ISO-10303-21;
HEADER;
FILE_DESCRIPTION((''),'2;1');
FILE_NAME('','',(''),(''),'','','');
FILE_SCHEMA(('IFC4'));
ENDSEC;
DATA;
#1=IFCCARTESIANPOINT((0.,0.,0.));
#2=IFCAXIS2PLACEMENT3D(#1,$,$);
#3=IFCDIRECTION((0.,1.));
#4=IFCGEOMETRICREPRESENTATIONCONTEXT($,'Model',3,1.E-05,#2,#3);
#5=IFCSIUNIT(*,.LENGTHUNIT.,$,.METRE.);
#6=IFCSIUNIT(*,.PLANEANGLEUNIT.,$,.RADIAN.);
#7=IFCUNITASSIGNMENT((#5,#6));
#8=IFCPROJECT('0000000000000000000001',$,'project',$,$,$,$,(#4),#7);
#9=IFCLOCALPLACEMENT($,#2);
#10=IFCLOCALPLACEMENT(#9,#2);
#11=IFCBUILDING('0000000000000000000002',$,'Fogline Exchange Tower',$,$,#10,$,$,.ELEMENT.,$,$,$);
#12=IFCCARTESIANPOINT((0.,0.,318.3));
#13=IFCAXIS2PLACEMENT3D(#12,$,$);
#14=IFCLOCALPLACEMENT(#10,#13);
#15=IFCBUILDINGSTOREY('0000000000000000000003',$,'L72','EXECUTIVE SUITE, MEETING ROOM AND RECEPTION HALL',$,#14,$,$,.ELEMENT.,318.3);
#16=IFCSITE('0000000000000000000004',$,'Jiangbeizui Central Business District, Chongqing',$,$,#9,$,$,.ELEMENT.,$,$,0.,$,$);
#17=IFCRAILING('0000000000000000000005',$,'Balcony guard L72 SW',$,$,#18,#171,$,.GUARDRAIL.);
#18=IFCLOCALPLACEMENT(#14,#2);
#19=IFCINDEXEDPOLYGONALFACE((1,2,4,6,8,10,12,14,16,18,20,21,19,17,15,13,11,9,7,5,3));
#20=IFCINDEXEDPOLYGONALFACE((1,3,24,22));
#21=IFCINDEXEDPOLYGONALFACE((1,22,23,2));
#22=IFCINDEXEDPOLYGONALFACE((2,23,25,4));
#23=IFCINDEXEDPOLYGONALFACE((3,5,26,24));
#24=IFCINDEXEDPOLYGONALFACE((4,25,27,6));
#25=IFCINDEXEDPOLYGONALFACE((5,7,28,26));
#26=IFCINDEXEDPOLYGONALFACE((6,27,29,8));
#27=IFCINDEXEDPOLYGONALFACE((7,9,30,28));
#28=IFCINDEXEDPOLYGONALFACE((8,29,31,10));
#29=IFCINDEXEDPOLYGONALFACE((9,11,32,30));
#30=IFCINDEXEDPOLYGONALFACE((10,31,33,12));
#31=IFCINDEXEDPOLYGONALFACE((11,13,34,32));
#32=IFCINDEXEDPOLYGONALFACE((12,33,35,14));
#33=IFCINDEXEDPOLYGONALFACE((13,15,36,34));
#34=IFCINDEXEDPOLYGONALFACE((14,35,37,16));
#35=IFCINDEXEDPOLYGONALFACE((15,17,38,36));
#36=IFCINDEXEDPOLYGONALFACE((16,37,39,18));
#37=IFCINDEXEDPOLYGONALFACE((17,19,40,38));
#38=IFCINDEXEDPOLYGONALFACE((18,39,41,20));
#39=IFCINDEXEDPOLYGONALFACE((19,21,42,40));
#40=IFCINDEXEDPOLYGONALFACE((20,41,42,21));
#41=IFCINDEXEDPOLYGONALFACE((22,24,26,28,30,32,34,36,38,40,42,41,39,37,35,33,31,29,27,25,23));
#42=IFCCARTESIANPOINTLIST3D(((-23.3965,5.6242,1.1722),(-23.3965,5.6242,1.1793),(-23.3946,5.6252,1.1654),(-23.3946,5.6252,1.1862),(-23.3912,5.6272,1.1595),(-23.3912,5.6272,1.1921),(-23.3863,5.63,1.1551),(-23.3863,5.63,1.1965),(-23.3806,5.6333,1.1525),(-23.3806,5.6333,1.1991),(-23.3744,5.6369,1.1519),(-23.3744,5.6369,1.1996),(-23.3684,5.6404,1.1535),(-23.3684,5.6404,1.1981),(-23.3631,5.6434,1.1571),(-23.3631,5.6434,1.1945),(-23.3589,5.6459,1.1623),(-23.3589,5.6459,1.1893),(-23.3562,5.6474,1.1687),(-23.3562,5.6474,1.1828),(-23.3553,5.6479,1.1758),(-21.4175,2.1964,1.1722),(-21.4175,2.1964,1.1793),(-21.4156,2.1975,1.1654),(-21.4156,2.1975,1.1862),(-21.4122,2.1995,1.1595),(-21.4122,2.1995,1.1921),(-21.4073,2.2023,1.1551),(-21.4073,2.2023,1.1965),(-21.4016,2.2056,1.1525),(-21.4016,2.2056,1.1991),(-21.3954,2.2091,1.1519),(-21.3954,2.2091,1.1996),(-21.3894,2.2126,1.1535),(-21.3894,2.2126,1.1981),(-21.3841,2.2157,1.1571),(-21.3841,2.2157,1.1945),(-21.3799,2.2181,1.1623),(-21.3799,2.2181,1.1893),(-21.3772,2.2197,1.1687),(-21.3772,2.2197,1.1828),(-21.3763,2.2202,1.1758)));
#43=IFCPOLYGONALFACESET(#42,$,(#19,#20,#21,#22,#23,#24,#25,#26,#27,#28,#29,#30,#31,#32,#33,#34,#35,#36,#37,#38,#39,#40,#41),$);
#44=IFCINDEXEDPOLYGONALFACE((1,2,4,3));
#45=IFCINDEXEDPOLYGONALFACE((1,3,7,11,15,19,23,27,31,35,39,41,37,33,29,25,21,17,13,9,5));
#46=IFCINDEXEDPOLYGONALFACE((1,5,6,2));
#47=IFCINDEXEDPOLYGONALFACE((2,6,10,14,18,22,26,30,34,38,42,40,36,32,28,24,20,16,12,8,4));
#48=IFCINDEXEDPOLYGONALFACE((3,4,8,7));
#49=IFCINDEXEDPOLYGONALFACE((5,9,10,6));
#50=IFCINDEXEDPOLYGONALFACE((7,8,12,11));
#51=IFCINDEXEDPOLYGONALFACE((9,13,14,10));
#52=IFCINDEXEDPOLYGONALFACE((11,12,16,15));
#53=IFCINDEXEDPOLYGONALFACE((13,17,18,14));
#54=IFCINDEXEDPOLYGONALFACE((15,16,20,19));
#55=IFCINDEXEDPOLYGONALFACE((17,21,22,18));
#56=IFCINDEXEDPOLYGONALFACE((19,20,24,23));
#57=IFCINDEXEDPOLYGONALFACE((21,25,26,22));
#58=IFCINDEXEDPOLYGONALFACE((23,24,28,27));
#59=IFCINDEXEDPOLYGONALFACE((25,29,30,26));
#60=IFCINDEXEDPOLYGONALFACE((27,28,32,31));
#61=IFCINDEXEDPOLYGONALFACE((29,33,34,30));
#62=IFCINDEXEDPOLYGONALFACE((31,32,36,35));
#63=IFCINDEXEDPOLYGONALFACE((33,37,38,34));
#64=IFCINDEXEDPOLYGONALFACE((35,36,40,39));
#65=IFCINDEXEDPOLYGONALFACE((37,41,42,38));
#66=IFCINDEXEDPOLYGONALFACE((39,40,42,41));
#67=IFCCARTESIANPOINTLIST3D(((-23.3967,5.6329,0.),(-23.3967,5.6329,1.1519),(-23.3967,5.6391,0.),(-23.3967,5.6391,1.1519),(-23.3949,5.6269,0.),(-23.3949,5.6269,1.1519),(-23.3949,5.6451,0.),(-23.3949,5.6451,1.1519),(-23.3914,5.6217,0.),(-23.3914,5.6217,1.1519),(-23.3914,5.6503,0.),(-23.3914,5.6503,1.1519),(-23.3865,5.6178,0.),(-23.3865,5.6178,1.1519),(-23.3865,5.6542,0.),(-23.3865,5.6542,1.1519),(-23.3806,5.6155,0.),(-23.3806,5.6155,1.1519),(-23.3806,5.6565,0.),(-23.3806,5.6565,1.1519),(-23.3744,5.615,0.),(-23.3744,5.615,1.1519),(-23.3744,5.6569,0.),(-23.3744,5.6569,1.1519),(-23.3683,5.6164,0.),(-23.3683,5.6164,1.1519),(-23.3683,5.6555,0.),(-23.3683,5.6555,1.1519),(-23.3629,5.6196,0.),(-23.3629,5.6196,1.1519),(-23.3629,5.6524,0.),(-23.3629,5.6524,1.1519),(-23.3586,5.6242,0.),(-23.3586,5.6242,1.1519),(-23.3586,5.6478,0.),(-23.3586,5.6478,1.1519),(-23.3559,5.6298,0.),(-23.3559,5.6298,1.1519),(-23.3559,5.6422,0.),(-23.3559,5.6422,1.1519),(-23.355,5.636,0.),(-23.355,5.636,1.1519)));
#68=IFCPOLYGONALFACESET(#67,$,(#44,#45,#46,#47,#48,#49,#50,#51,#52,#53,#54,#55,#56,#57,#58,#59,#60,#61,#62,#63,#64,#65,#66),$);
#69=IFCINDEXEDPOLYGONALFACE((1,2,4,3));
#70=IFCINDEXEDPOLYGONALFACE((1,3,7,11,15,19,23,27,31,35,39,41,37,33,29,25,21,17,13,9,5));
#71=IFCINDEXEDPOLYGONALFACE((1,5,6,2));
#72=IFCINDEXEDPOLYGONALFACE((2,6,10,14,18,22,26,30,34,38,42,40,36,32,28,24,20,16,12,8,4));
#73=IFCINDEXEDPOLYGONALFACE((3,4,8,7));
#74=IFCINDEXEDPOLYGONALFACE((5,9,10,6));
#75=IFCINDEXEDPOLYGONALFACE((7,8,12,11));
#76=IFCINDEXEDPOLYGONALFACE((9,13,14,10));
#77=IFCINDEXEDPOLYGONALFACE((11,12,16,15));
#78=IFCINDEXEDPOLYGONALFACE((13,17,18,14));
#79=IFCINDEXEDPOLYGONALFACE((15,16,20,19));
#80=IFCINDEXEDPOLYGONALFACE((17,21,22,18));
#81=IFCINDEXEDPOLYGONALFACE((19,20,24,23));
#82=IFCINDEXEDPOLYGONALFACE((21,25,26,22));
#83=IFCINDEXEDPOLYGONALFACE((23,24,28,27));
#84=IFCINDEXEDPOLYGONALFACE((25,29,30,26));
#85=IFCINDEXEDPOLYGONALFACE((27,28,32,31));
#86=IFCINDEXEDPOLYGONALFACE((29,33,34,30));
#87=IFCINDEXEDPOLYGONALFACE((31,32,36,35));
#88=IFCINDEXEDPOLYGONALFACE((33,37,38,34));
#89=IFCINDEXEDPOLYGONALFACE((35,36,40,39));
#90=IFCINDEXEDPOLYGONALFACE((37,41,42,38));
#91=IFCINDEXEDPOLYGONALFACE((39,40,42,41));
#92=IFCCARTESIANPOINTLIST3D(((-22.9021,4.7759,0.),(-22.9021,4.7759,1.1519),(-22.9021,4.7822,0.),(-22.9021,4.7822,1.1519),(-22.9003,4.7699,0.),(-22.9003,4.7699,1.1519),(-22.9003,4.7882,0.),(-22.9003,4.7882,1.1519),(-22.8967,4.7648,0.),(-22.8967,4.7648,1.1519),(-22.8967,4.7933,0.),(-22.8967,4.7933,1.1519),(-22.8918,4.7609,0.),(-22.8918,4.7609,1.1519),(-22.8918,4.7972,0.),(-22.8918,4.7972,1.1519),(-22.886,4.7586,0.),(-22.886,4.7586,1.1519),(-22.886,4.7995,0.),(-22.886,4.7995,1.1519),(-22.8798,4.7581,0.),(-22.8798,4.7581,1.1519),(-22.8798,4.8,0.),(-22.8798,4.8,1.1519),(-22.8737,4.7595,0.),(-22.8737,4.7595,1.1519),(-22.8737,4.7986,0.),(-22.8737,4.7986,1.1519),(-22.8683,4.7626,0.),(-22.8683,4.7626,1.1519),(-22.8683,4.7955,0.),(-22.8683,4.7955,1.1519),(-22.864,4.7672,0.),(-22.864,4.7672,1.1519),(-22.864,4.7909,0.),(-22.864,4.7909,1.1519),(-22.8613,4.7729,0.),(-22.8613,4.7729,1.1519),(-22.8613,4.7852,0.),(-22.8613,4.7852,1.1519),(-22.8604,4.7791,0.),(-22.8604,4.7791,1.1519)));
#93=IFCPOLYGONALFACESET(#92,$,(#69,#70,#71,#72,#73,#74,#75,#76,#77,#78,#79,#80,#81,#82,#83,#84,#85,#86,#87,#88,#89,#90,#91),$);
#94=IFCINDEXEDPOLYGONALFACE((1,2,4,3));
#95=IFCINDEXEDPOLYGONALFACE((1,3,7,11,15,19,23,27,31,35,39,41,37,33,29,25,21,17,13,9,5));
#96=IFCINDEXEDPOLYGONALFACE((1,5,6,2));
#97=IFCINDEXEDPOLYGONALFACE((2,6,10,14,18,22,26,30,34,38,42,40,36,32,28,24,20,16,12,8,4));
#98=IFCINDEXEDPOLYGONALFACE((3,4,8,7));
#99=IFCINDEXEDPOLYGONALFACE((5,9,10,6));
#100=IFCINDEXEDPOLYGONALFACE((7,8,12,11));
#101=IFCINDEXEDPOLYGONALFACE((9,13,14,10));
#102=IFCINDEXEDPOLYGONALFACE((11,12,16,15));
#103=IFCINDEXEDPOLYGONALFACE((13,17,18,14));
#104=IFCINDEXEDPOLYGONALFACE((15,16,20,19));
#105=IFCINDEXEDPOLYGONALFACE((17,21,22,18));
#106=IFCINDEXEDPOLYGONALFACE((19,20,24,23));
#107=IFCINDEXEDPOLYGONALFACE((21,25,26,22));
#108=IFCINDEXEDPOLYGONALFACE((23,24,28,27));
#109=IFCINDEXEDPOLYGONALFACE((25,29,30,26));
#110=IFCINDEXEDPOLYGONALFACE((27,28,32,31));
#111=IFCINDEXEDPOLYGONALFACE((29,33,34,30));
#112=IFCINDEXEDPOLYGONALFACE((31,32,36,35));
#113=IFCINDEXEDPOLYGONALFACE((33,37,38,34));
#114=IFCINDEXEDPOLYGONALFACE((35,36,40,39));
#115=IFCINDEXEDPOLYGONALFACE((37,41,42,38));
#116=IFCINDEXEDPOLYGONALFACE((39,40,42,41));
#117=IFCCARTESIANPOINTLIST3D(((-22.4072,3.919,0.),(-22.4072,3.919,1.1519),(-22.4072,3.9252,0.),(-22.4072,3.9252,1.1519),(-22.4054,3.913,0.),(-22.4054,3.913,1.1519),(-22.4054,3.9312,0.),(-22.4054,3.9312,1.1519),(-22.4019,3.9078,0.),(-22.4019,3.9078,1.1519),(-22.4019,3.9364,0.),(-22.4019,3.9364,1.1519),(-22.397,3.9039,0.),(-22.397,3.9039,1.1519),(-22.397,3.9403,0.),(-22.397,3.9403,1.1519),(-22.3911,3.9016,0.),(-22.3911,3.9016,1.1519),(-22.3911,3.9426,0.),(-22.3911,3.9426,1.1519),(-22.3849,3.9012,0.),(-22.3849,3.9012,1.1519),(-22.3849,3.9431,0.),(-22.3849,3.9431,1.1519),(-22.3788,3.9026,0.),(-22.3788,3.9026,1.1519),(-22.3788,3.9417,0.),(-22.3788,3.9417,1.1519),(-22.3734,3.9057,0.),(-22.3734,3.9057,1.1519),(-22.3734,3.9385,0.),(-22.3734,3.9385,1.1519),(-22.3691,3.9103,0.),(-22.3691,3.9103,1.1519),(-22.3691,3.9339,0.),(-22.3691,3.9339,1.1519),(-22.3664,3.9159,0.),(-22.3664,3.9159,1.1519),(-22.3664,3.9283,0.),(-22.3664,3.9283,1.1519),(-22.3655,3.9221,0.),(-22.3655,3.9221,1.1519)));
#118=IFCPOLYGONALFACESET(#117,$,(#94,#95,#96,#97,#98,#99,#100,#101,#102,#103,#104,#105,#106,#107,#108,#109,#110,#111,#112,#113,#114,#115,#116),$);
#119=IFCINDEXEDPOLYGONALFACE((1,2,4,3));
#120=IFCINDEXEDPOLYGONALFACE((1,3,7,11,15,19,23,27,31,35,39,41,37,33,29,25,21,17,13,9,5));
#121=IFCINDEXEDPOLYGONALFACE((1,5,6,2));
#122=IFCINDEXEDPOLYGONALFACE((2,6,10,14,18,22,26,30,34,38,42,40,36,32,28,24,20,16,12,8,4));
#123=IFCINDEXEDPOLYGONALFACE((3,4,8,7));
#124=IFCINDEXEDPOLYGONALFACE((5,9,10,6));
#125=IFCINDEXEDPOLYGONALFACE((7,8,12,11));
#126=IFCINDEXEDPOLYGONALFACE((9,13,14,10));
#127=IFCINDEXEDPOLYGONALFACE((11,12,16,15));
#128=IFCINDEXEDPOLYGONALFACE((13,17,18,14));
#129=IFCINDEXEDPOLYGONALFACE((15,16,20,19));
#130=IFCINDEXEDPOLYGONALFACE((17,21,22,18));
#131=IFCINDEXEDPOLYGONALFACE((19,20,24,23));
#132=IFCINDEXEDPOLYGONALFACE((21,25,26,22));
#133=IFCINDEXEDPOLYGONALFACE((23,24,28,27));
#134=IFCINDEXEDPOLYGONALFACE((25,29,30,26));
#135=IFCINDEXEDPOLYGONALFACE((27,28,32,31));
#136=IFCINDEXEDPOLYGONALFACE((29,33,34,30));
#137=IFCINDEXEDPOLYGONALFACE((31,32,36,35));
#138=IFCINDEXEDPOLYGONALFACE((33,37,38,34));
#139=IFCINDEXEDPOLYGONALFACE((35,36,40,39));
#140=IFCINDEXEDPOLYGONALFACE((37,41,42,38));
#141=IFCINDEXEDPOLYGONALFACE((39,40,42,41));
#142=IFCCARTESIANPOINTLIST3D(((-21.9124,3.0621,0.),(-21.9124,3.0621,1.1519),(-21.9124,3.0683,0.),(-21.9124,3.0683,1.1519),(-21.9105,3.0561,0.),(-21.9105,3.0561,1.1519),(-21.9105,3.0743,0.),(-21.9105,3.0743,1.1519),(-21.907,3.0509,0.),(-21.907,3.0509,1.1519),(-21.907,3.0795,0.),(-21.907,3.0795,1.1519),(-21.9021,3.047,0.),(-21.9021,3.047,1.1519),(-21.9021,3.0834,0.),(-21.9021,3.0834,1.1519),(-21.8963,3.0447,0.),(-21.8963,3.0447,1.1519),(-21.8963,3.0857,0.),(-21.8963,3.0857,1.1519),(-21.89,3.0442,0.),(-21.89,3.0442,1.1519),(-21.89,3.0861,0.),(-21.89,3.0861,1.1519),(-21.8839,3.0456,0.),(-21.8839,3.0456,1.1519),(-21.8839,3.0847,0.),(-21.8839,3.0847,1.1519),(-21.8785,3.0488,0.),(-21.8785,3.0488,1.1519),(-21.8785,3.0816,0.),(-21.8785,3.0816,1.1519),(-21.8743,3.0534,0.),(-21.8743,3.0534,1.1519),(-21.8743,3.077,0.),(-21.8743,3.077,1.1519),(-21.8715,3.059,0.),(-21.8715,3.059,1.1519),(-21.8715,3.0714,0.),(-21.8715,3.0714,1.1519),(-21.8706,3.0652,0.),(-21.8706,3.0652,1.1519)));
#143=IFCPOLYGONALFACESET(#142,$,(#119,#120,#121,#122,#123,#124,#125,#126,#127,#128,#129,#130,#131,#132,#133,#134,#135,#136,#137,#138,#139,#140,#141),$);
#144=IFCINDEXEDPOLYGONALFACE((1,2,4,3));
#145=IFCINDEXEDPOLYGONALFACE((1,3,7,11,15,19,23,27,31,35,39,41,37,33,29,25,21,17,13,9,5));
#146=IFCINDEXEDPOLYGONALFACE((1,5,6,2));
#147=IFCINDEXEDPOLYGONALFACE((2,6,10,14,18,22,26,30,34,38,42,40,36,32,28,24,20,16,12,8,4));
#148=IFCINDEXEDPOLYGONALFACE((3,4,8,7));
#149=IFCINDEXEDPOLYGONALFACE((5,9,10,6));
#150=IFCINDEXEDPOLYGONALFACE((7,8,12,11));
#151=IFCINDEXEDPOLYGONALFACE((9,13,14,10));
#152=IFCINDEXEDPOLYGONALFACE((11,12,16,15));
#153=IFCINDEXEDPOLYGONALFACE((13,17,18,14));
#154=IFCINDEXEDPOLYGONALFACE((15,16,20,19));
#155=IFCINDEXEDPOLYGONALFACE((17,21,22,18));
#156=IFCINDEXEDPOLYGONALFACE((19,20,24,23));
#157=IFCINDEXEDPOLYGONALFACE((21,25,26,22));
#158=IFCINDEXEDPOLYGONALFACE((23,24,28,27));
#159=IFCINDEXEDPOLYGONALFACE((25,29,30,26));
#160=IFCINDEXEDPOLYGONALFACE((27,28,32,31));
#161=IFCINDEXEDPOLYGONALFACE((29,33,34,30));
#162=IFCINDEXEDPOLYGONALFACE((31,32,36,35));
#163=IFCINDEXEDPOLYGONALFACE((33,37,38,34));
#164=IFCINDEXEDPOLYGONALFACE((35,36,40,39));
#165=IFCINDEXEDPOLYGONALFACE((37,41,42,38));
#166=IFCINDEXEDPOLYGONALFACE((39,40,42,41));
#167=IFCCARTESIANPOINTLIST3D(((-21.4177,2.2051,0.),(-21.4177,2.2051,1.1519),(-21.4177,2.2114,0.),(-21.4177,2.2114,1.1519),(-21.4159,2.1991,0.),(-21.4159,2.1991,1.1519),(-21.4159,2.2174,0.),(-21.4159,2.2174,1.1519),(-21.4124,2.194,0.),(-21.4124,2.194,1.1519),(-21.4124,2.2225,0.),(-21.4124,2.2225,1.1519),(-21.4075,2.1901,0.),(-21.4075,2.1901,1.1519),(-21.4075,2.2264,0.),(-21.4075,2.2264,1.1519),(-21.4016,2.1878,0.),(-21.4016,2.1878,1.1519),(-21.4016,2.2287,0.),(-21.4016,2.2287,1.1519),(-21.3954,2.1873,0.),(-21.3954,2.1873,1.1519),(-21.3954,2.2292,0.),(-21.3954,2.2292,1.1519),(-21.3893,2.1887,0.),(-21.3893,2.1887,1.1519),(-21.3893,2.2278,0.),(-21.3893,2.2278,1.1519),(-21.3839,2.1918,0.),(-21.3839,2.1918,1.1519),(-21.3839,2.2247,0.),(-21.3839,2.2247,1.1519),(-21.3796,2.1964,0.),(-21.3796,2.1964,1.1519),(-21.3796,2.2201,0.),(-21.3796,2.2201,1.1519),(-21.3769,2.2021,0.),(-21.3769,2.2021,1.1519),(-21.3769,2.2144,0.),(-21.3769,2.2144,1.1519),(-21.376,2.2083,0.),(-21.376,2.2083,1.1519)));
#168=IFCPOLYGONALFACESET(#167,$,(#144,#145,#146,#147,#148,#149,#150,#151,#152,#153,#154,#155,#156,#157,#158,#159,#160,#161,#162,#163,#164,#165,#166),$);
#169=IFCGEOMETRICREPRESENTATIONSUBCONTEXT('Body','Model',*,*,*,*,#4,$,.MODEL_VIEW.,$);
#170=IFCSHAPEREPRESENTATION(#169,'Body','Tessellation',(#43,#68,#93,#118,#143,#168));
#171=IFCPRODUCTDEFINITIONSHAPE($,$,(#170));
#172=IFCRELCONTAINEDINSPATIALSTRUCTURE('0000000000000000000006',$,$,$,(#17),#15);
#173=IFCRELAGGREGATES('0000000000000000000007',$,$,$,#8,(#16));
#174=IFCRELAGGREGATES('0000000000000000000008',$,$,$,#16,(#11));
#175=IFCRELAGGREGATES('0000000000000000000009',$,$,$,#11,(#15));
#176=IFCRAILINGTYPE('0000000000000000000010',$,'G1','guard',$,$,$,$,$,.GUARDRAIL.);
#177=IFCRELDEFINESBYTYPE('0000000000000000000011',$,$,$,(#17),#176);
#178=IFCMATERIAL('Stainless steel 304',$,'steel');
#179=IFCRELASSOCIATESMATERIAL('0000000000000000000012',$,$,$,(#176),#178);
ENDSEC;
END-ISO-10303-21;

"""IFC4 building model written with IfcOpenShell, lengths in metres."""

from ifc_helpers import new_model, si_unit, direction, frame, origin, origin_2d, place, context, subcontext, project, spatial, circle, extrude, material, type_object, element, save


model = new_model("IFC4")

# Units and contexts
model_context = context("Model", 3, precision=1e-05, world=origin(), true_north=direction((0.0, 1.0)))
body_context = subcontext(model_context, "Body", "Model", "MODEL_VIEW")
ifc_project = project(units=[si_unit("LENGTHUNIT", "METRE"), si_unit("PLANEANGLEUNIT", "RADIAN")], contexts=[model_context])

# Site, building, storey
site_placement = place(None, origin())
site = spatial("IfcSite", under=ifc_project, at=site_placement, Name="Jiangbeizui Central Business District, Chongqing", CompositionType="ELEMENT", RefElevation=0.0)
building_placement = place(site_placement, origin())
building = spatial("IfcBuilding", under=site, at=building_placement, Name="Fogline Exchange Tower", CompositionType="ELEMENT")
storey_placement = place(building_placement, frame((0.0, 0.0, 318.3)))
storey = spatial("IfcBuildingStorey", under=building, at=storey_placement, Name="L72", Description="EXECUTIVE SUITE, MEETING ROOM AND RECEPTION HALL", CompositionType="ELEMENT", Elevation=318.3)

# Railing
ifc_material_1 = material(Name="Stainless steel 304", Category="steel")
railing_type = type_object("IfcRailingType", Name="G1", Description="guard", PredefinedType="GUARDRAIL", material=ifc_material_1)
railing_placement = place(storey_placement, frame((-23.376, 5.636, 0.0)))
element("IfcRailing", 1, at=railing_placement, inside=storey, type_object=railing_type, Name="Balcony guard L72 SW", PredefinedType="GUARDRAIL", context=body_context, shape_type="SweptSolid", body=[
    extrude(circle(Radius=0.0239, at=origin_2d()), frame((0.0, 0.0, 1.1758), z_axis=(0.5, -0.866025, 0.0), x_axis=(0.866025, 0.5, 0.0)), (0.0, 0.0, 1.0), 3.958),
    extrude(circle(Radius=0.021, at=origin_2d()), origin(), (0.0, 0.0, 1.0), 1.1519),
    extrude(circle(Radius=0.021, at=origin_2d()), frame((0.4946, -0.8569, 0.0)), (0.0, 0.0, 1.0), 1.1519),
    extrude(circle(Radius=0.021, at=origin_2d()), frame((0.9895, -1.7139, 0.0)), (0.0, 0.0, 1.0), 1.1519),
    extrude(circle(Radius=0.021, at=origin_2d()), frame((1.4844, -2.5708, 0.0)), (0.0, 0.0, 1.0), 1.1519),
    extrude(circle(Radius=0.021, at=origin_2d()), frame((1.979, -3.4277, 0.0)), (0.0, 0.0, 1.0), 1.1519),
])

save(model, "model.ifc")
